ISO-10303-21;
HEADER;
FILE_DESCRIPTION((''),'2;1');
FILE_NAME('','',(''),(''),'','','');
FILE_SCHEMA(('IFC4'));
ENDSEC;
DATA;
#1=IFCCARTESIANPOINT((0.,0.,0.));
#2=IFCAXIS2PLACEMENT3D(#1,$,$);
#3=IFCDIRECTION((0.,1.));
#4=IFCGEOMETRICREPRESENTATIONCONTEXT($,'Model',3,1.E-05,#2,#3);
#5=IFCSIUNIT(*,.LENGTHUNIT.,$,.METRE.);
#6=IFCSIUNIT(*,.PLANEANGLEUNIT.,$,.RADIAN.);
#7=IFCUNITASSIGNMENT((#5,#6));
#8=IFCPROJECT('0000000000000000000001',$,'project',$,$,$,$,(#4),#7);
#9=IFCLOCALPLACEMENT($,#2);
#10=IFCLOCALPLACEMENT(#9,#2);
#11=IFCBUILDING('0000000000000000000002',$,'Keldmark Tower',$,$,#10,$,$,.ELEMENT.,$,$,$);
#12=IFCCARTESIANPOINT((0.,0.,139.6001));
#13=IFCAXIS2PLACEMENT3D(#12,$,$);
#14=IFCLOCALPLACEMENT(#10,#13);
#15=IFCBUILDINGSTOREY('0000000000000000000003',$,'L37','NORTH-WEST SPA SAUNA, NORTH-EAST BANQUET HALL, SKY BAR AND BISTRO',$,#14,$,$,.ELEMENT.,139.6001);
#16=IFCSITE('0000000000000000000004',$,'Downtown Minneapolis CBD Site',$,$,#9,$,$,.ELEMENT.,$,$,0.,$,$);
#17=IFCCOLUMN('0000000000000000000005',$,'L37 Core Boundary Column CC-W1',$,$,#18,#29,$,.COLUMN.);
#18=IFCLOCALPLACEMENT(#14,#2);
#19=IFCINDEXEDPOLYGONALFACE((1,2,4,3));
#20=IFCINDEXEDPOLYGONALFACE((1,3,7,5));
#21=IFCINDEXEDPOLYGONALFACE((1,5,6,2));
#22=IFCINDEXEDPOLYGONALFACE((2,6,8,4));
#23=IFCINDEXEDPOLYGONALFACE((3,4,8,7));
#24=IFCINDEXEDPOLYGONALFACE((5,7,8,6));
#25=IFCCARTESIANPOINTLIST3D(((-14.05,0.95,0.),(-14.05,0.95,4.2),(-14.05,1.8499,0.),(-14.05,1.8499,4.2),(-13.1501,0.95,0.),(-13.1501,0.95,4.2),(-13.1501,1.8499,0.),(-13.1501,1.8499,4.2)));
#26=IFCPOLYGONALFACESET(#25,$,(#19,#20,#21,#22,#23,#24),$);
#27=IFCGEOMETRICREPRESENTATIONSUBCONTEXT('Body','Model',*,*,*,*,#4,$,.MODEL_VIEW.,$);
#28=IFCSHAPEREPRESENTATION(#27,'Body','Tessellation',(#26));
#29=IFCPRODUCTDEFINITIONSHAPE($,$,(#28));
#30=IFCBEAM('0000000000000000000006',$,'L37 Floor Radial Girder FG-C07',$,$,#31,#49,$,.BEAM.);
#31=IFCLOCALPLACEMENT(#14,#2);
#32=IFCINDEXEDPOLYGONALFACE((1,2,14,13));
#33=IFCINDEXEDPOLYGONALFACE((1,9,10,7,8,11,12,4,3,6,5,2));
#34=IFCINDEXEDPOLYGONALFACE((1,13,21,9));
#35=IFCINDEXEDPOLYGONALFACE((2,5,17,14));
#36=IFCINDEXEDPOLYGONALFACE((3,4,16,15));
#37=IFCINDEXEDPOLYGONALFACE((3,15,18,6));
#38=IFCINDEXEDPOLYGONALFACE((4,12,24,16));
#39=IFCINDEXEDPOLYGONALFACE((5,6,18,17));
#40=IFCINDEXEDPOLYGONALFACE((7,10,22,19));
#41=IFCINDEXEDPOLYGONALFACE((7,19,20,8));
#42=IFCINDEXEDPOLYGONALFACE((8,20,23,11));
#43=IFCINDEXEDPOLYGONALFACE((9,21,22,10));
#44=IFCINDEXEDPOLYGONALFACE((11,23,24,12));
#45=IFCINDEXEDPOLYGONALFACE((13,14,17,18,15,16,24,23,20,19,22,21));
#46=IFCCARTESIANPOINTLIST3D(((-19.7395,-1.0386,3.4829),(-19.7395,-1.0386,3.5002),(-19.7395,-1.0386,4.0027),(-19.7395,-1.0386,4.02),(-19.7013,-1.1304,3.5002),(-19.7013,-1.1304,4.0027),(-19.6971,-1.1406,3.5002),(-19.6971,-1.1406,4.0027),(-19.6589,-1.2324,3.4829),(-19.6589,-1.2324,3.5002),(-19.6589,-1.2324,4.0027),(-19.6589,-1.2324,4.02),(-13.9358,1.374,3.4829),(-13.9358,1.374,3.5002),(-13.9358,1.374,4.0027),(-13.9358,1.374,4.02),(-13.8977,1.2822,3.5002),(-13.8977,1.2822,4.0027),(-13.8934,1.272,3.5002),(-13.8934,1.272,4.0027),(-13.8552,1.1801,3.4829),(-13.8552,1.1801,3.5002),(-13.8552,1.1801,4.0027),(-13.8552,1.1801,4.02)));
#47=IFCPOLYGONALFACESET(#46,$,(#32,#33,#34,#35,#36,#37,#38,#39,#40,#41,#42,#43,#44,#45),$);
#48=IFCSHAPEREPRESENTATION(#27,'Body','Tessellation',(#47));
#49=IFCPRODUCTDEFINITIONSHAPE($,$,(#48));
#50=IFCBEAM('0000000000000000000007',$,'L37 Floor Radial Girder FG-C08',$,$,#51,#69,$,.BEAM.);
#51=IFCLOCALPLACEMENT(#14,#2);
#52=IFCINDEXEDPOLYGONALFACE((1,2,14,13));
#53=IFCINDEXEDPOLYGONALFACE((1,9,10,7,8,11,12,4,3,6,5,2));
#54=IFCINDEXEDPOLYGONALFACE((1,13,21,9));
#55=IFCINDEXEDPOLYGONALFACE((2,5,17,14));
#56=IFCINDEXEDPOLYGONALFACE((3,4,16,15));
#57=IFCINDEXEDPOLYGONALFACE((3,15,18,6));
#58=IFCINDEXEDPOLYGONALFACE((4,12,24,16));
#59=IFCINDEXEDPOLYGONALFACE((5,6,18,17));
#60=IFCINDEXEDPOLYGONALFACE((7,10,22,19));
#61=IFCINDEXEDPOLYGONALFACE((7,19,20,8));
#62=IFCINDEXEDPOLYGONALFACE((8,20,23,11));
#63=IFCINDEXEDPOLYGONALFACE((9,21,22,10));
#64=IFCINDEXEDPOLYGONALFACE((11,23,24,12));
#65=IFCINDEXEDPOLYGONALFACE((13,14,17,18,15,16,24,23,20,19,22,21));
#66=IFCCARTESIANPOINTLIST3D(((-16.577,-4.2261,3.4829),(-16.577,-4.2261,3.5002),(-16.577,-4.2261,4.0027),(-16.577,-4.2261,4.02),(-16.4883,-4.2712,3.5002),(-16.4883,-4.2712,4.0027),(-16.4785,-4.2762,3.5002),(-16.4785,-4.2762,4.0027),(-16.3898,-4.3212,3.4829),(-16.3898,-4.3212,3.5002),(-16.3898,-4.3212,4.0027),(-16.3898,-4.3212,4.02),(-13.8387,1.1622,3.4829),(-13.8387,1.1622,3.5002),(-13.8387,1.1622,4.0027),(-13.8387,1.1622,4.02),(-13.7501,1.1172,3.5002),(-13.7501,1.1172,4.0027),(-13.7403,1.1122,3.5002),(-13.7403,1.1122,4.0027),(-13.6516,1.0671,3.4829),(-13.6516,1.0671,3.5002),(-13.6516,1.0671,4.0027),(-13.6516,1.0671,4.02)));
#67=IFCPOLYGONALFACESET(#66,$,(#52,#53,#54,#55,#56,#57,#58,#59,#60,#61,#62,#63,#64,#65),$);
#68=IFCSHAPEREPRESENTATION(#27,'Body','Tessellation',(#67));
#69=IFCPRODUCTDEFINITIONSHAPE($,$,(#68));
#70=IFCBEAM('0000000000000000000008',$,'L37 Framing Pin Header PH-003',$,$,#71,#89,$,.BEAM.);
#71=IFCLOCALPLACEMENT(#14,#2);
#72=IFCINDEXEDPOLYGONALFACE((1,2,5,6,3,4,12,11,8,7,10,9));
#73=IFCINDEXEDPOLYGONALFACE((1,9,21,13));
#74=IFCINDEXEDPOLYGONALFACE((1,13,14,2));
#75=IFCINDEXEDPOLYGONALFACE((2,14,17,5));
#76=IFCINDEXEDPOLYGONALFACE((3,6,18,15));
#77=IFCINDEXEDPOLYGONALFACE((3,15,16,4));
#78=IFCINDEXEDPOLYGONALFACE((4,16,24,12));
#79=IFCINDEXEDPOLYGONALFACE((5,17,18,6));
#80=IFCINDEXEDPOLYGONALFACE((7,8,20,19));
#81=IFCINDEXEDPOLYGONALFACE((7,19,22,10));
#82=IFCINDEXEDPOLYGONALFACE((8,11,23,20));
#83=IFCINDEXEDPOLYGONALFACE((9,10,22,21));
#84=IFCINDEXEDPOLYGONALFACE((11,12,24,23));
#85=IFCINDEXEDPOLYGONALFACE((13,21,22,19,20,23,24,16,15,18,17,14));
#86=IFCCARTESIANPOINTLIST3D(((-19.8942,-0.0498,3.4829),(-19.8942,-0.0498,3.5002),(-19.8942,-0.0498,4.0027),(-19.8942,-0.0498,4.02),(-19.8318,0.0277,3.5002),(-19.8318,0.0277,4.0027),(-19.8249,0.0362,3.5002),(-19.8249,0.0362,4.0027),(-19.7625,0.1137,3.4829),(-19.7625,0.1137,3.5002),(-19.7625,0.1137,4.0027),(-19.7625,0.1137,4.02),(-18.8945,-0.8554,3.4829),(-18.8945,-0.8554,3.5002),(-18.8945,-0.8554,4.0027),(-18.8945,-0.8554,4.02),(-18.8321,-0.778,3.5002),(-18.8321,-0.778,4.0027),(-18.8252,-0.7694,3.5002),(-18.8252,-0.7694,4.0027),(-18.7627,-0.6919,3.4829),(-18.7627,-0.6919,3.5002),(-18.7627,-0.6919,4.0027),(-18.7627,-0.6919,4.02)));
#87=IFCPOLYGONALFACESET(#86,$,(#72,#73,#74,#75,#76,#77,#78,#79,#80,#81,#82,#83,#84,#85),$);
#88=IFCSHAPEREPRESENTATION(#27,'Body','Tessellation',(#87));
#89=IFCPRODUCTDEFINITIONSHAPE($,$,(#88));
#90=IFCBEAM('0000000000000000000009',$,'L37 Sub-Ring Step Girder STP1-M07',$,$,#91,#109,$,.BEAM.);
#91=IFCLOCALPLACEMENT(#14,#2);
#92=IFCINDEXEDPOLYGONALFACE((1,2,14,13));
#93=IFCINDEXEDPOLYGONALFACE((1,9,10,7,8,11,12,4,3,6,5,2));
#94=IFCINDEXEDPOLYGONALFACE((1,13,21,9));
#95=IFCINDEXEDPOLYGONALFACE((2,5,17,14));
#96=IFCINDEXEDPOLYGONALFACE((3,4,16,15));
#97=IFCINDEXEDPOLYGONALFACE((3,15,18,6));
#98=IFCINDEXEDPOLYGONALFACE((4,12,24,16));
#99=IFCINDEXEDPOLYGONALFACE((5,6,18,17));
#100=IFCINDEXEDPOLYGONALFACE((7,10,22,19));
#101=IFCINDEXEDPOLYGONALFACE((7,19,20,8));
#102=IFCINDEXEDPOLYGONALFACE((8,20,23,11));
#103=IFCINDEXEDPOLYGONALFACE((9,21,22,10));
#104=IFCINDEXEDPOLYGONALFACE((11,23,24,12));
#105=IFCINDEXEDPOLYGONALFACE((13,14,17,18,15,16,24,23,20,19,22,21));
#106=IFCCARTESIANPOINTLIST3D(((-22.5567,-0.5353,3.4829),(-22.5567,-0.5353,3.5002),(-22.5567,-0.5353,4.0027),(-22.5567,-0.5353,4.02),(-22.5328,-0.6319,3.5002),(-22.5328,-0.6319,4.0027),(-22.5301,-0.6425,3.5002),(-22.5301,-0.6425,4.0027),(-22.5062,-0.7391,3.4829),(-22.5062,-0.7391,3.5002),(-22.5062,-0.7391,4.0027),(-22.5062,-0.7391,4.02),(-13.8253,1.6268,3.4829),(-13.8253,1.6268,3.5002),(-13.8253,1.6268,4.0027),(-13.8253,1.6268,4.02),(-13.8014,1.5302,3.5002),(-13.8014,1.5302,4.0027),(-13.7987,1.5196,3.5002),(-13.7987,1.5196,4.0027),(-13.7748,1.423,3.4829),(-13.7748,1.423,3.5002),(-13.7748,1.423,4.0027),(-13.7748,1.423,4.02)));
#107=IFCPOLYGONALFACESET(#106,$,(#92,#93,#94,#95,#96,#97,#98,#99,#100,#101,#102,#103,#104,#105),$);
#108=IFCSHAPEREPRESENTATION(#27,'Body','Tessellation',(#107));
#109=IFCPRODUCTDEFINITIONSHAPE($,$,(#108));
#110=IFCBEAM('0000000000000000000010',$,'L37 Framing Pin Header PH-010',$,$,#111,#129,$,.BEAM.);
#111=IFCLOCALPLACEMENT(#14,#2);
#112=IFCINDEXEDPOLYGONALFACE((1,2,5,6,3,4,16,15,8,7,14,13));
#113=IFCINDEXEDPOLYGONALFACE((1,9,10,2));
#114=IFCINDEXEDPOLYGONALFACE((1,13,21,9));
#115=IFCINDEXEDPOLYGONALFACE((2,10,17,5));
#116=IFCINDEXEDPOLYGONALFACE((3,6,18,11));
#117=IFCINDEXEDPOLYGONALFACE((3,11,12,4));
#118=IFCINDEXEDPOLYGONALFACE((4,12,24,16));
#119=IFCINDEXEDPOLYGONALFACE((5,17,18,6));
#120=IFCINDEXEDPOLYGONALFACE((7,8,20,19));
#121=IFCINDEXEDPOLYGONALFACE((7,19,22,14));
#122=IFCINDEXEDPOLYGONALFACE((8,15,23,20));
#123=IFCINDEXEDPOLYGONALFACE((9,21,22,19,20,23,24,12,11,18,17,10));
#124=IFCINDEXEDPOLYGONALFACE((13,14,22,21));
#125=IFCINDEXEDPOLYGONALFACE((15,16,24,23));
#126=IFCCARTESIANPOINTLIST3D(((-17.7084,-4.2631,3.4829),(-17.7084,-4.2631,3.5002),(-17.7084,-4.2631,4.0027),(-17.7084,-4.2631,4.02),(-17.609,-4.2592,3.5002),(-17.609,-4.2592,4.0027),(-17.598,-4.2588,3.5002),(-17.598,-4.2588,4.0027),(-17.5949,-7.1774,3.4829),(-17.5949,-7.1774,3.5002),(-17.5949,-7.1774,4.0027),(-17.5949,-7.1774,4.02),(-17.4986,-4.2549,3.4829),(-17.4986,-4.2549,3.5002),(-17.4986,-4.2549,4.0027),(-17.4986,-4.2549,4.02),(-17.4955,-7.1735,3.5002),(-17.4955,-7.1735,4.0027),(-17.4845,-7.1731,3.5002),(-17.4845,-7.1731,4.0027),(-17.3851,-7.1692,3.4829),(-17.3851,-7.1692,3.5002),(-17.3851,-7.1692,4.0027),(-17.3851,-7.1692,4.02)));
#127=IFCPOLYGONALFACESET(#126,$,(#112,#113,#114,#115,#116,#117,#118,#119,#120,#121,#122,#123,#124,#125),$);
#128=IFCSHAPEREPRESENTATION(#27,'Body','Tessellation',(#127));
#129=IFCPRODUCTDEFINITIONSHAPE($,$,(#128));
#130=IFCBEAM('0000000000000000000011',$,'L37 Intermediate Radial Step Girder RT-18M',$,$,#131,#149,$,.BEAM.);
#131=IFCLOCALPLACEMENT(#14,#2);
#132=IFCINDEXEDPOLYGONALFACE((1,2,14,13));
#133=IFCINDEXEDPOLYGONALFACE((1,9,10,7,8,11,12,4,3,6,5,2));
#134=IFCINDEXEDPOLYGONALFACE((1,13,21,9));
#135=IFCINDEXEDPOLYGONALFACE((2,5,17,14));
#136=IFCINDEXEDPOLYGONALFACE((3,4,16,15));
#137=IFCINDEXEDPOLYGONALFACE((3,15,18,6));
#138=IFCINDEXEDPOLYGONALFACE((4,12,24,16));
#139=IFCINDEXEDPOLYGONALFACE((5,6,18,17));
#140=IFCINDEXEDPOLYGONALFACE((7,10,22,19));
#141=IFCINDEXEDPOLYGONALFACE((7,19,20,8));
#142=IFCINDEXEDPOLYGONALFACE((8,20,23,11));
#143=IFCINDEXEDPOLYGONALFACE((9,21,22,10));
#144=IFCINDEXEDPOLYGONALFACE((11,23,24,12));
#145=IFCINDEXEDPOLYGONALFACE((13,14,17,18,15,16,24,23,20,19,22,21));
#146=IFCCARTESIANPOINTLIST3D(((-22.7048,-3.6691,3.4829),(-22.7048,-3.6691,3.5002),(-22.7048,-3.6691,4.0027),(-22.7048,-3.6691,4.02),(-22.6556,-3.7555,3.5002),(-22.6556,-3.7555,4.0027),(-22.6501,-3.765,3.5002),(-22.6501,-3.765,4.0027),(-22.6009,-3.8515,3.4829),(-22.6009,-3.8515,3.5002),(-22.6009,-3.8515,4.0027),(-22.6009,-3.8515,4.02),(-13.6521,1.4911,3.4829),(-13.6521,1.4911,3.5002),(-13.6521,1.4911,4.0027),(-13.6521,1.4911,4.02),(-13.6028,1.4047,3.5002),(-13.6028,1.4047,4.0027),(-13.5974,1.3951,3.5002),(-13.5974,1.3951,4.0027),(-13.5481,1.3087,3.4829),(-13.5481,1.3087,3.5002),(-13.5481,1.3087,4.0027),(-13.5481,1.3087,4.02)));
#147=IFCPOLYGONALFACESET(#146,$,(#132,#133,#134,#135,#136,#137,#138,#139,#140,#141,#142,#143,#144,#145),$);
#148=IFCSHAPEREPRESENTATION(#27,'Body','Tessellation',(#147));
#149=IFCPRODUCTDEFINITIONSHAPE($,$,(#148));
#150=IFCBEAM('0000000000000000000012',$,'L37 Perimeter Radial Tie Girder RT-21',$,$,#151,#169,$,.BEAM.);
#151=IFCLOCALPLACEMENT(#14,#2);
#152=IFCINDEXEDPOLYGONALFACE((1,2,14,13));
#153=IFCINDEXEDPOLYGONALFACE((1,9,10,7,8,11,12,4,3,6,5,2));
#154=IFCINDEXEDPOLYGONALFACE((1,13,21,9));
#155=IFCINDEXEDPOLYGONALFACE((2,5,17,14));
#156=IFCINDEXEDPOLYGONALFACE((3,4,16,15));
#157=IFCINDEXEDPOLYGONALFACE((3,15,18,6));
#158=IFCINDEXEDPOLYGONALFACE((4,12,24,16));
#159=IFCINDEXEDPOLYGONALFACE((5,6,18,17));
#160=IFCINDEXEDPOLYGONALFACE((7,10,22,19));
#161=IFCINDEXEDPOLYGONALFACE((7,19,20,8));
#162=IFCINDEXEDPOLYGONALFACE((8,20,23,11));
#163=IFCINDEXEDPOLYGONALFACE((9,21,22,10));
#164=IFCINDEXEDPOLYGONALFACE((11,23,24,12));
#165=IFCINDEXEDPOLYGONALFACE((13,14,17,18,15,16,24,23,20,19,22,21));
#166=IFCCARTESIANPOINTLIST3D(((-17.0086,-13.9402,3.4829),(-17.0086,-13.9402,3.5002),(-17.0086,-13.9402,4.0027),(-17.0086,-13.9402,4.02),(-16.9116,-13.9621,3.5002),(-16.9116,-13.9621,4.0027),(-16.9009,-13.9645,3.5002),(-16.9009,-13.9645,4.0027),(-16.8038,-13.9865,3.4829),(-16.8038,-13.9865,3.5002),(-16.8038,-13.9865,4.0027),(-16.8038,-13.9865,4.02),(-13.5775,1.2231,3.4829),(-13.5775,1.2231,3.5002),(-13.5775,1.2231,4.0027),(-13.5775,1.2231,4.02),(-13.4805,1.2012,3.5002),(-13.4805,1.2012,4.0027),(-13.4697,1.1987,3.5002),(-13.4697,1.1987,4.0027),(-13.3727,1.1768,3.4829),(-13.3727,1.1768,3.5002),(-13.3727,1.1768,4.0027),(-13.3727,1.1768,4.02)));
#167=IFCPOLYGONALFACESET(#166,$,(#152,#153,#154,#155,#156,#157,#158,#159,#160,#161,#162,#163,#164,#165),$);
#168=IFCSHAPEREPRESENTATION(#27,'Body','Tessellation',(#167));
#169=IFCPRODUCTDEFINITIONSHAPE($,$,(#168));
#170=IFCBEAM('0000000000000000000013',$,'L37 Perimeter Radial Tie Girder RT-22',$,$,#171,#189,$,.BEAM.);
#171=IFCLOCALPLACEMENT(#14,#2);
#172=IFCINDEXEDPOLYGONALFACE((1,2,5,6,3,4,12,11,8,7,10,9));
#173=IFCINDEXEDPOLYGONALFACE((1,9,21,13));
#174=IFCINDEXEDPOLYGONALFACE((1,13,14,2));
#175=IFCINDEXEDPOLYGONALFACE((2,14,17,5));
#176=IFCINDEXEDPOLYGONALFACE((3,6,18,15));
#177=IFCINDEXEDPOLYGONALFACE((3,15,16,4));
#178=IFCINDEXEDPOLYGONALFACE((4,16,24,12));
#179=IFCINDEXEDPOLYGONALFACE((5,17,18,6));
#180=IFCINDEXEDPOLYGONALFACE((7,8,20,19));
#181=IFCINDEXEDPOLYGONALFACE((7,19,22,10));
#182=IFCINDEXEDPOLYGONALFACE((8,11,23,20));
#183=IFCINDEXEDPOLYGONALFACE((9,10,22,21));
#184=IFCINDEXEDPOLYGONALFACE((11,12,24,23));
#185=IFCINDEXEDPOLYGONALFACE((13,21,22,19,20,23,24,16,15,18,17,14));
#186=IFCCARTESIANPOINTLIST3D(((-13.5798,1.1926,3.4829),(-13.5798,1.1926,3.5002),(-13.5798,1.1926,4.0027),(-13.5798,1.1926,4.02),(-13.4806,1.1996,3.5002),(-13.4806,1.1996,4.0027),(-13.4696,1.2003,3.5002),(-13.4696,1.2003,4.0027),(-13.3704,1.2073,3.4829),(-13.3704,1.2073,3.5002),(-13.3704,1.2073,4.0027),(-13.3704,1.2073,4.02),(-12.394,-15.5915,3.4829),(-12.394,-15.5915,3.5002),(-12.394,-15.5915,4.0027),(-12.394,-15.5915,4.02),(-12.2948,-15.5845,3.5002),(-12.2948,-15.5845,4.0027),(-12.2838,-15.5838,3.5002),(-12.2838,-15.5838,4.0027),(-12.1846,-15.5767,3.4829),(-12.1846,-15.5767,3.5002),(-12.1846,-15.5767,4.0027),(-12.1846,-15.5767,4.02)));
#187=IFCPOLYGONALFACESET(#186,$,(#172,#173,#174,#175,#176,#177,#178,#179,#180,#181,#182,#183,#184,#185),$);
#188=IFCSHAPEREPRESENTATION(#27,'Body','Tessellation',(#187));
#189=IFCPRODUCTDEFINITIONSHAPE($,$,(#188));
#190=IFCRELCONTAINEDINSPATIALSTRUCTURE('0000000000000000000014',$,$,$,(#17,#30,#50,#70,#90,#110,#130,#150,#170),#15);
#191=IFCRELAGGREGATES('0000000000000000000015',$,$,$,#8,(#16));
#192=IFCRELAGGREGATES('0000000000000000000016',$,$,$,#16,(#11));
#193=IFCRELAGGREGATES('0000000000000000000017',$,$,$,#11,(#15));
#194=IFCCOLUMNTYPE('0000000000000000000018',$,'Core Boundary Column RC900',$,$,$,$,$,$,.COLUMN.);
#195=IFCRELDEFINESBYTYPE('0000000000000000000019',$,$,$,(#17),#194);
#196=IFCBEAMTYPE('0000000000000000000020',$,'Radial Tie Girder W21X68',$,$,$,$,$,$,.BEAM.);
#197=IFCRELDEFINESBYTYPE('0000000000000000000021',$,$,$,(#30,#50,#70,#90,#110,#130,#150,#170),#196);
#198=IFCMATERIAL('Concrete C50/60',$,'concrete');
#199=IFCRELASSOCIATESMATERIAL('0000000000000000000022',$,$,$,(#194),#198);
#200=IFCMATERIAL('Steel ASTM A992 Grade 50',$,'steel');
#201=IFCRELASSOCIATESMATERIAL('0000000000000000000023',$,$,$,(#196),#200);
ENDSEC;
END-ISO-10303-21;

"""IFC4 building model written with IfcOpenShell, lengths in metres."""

from ifc_helpers import new_model, si_unit, direction, frame, origin, origin_2d, place, context, subcontext, project, spatial, rectangle, i_section, extrude, material, material_profile, profile_set, type_object, element, save


model = new_model("IFC4")

# Units and contexts
model_context = context("Model", 3, precision=1e-05, world=origin(), true_north=direction((0.0, 1.0)))
body_context = subcontext(model_context, "Body", "Model", "MODEL_VIEW")
ifc_project = project(units=[si_unit("LENGTHUNIT", "METRE"), si_unit("PLANEANGLEUNIT", "RADIAN")], contexts=[model_context])

# Site, building, storey
site_placement = place(None, origin())
site = spatial("IfcSite", under=ifc_project, at=site_placement, Name="Downtown Minneapolis CBD Site", CompositionType="ELEMENT", RefElevation=0.0)
building_placement = place(site_placement, origin())
building = spatial("IfcBuilding", under=site, at=building_placement, Name="Keldmark Tower", CompositionType="ELEMENT")
storey_placement = place(building_placement, frame((0.0, 0.0, 139.6001)))
storey = spatial("IfcBuildingStorey", under=building, at=storey_placement, Name="L37", Description="NORTH-WEST SPA SAUNA, NORTH-EAST BANQUET HALL, SKY BAR AND BISTRO", CompositionType="ELEMENT", Elevation=139.6001)

# Column
ifc_material_1 = material(Name="Concrete C50/60", Category="concrete")
ifc_material_profile_1 = material_profile(ifc_material_1, rectangle(XDim=0.8999, YDim=0.8999, at=origin_2d()), Name="RC900X900")
ifc_profile_set_1 = profile_set([ifc_material_profile_1], Name="Concrete C50/60")
column_type = type_object("IfcColumnType", Name="Core Boundary Column RC900", PredefinedType="COLUMN", material=ifc_profile_set_1)
column_placement = place(storey_placement, frame((-13.6001, 1.3999, 0.0), z_axis=(0.0, 0.0, 1.0), x_axis=(1.0, 0.0, 0.0)))
element("IfcColumn", 1, at=column_placement, inside=storey, type_object=column_type, Name="L37 Core Boundary Column CC-W1", PredefinedType="COLUMN", context=body_context, shape_type="SweptSolid", body=[
    extrude(rectangle(XDim=0.8999, YDim=0.8999, at=origin_2d()), origin(), (0.0, 0.0, 1.0), 4.2),
])

# Beams
ifc_material_2 = material(Name="Steel ASTM A992 Grade 50", Category="steel")
ifc_material_profile_2 = material_profile(ifc_material_2, i_section(OverallWidth=0.21, OverallDepth=0.5371, WebThickness=0.011, FlangeThickness=0.0173, at=origin_2d()), Name="W21X68")
ifc_profile_set_2 = profile_set([ifc_material_profile_2], Name="Steel ASTM A992 Grade 50")
beam_type = type_object("IfcBeamType", Name="Radial Tie Girder W21X68", PredefinedType="BEAM", material=ifc_profile_set_2)
beam_1_placement = place(storey_placement, frame((-19.6992, -1.1355, 3.7515), z_axis=(0.923394, 0.383854, 0.0), x_axis=(-0.383854, 0.923394, 0.0)))
element("IfcBeam", 2, at=beam_1_placement, inside=storey, type_object=beam_type, Name="L37 Floor Radial Girder FG-C07", PredefinedType="BEAM", context=body_context, shape_type="SweptSolid", body=[
    extrude(i_section(OverallWidth=0.21, OverallDepth=0.5371, WebThickness=0.011, FlangeThickness=0.0173, at=origin_2d()), origin(), (0.0, 0.0, 1.0), 6.2852),
])
beam_2_placement = place(storey_placement, frame((-16.4834, -4.2737, 3.7515), z_axis=(0.453037, 0.891492, 0.0), x_axis=(-0.891492, 0.453037, 0.0)))
element("IfcBeam", 3, at=beam_2_placement, inside=storey, type_object=beam_type, Name="L37 Floor Radial Girder FG-C08", PredefinedType="BEAM", context=body_context, shape_type="SweptSolid", body=[
    extrude(i_section(OverallWidth=0.21, OverallDepth=0.5371, WebThickness=0.011, FlangeThickness=0.0173, at=origin_2d()), origin(), (0.0, 0.0, 1.0), 6.0442),
])
beam_3_placement = place(storey_placement, frame((-18.8286, -0.7737, 3.7515), z_axis=(-0.778638, 0.627474, 0.0), x_axis=(-0.627474, -0.778638, 0.0)))
element("IfcBeam", 4, at=beam_3_placement, inside=storey, type_object=beam_type, Name="L37 Framing Pin Header PH-003", PredefinedType="BEAM", context=body_context, shape_type="SweptSolid", body=[
    extrude(i_section(OverallWidth=0.21, OverallDepth=0.5371, WebThickness=0.011, FlangeThickness=0.0173, at=origin_2d()), origin(), (0.0, 0.0, 1.0), 1.2839),
])
beam_4_placement = place(storey_placement, frame((-13.8, 1.5249, 3.7515), z_axis=(-0.970683, -0.240364, 0.0), x_axis=(0.240364, -0.970683, 0.0)))
element("IfcBeam", 5, at=beam_4_placement, inside=storey, type_object=beam_type, Name="L37 Sub-Ring Step Girder STP1-M07", PredefinedType="BEAM", context=body_context, shape_type="SweptSolid", body=[
    extrude(i_section(OverallWidth=0.21, OverallDepth=0.5371, WebThickness=0.011, FlangeThickness=0.0173, at=origin_2d()), origin(), (0.0, 0.0, 1.0), 8.9951),
])
beam_5_placement = place(storey_placement, frame((-17.6035, -4.259, 3.7515), z_axis=(0.038925, -0.999242, 0.0), x_axis=(0.999242, 0.038925, 0.0)))
element("IfcBeam", 6, at=beam_5_placement, inside=storey, type_object=beam_type, Name="L37 Framing Pin Header PH-010", PredefinedType="BEAM", context=body_context, shape_type="SweptSolid", body=[
    extrude(i_section(OverallWidth=0.21, OverallDepth=0.5371, WebThickness=0.011, FlangeThickness=0.0173, at=origin_2d()), origin(), (0.0, 0.0, 1.0), 2.9165),
])
beam_6_placement = place(storey_placement, frame((-13.6001, 1.3999, 3.7515), z_axis=(-0.868773, -0.49521, 0.0), x_axis=(0.49521, -0.868773, 0.0)))
element("IfcBeam", 7, at=beam_6_placement, inside=storey, type_object=beam_type, Name="L37 Intermediate Radial Step Girder RT-18M", PredefinedType="BEAM", context=body_context, shape_type="SweptSolid", body=[
    extrude(i_section(OverallWidth=0.21, OverallDepth=0.5371, WebThickness=0.011, FlangeThickness=0.0173, at=origin_2d()), origin(), (0.0, 0.0, 1.0), 10.4202),
])
beam_7_placement = place(storey_placement, frame((-13.4751, 1.2, 3.7515), z_axis=(-0.2207, -0.975342, 0.0), x_axis=(0.975342, -0.2207, 0.0)))
element("IfcBeam", 8, at=beam_7_placement, inside=storey, type_object=beam_type, Name="L37 Perimeter Radial Tie Girder RT-21", PredefinedType="BEAM", context=body_context, shape_type="SweptSolid", body=[
    extrude(i_section(OverallWidth=0.21, OverallDepth=0.5371, WebThickness=0.011, FlangeThickness=0.0173, at=origin_2d()), origin(), (0.0, 0.0, 1.0), 15.5466),
])
beam_8_placement = place(storey_placement, frame((-13.4751, 1.2, 3.7515), z_axis=(0.070474, -0.997514, 0.0), x_axis=(0.997514, 0.070474, 0.0)))
element("IfcBeam", 9, at=beam_8_placement, inside=storey, type_object=beam_type, Name="L37 Perimeter Radial Tie Girder RT-22", PredefinedType="BEAM", context=body_context, shape_type="SweptSolid", body=[
    extrude(i_section(OverallWidth=0.21, OverallDepth=0.5371, WebThickness=0.011, FlangeThickness=0.0173, at=origin_2d()), origin(), (0.0, 0.0, 1.0), 16.8259),
])

save(model, "model.ifc")
